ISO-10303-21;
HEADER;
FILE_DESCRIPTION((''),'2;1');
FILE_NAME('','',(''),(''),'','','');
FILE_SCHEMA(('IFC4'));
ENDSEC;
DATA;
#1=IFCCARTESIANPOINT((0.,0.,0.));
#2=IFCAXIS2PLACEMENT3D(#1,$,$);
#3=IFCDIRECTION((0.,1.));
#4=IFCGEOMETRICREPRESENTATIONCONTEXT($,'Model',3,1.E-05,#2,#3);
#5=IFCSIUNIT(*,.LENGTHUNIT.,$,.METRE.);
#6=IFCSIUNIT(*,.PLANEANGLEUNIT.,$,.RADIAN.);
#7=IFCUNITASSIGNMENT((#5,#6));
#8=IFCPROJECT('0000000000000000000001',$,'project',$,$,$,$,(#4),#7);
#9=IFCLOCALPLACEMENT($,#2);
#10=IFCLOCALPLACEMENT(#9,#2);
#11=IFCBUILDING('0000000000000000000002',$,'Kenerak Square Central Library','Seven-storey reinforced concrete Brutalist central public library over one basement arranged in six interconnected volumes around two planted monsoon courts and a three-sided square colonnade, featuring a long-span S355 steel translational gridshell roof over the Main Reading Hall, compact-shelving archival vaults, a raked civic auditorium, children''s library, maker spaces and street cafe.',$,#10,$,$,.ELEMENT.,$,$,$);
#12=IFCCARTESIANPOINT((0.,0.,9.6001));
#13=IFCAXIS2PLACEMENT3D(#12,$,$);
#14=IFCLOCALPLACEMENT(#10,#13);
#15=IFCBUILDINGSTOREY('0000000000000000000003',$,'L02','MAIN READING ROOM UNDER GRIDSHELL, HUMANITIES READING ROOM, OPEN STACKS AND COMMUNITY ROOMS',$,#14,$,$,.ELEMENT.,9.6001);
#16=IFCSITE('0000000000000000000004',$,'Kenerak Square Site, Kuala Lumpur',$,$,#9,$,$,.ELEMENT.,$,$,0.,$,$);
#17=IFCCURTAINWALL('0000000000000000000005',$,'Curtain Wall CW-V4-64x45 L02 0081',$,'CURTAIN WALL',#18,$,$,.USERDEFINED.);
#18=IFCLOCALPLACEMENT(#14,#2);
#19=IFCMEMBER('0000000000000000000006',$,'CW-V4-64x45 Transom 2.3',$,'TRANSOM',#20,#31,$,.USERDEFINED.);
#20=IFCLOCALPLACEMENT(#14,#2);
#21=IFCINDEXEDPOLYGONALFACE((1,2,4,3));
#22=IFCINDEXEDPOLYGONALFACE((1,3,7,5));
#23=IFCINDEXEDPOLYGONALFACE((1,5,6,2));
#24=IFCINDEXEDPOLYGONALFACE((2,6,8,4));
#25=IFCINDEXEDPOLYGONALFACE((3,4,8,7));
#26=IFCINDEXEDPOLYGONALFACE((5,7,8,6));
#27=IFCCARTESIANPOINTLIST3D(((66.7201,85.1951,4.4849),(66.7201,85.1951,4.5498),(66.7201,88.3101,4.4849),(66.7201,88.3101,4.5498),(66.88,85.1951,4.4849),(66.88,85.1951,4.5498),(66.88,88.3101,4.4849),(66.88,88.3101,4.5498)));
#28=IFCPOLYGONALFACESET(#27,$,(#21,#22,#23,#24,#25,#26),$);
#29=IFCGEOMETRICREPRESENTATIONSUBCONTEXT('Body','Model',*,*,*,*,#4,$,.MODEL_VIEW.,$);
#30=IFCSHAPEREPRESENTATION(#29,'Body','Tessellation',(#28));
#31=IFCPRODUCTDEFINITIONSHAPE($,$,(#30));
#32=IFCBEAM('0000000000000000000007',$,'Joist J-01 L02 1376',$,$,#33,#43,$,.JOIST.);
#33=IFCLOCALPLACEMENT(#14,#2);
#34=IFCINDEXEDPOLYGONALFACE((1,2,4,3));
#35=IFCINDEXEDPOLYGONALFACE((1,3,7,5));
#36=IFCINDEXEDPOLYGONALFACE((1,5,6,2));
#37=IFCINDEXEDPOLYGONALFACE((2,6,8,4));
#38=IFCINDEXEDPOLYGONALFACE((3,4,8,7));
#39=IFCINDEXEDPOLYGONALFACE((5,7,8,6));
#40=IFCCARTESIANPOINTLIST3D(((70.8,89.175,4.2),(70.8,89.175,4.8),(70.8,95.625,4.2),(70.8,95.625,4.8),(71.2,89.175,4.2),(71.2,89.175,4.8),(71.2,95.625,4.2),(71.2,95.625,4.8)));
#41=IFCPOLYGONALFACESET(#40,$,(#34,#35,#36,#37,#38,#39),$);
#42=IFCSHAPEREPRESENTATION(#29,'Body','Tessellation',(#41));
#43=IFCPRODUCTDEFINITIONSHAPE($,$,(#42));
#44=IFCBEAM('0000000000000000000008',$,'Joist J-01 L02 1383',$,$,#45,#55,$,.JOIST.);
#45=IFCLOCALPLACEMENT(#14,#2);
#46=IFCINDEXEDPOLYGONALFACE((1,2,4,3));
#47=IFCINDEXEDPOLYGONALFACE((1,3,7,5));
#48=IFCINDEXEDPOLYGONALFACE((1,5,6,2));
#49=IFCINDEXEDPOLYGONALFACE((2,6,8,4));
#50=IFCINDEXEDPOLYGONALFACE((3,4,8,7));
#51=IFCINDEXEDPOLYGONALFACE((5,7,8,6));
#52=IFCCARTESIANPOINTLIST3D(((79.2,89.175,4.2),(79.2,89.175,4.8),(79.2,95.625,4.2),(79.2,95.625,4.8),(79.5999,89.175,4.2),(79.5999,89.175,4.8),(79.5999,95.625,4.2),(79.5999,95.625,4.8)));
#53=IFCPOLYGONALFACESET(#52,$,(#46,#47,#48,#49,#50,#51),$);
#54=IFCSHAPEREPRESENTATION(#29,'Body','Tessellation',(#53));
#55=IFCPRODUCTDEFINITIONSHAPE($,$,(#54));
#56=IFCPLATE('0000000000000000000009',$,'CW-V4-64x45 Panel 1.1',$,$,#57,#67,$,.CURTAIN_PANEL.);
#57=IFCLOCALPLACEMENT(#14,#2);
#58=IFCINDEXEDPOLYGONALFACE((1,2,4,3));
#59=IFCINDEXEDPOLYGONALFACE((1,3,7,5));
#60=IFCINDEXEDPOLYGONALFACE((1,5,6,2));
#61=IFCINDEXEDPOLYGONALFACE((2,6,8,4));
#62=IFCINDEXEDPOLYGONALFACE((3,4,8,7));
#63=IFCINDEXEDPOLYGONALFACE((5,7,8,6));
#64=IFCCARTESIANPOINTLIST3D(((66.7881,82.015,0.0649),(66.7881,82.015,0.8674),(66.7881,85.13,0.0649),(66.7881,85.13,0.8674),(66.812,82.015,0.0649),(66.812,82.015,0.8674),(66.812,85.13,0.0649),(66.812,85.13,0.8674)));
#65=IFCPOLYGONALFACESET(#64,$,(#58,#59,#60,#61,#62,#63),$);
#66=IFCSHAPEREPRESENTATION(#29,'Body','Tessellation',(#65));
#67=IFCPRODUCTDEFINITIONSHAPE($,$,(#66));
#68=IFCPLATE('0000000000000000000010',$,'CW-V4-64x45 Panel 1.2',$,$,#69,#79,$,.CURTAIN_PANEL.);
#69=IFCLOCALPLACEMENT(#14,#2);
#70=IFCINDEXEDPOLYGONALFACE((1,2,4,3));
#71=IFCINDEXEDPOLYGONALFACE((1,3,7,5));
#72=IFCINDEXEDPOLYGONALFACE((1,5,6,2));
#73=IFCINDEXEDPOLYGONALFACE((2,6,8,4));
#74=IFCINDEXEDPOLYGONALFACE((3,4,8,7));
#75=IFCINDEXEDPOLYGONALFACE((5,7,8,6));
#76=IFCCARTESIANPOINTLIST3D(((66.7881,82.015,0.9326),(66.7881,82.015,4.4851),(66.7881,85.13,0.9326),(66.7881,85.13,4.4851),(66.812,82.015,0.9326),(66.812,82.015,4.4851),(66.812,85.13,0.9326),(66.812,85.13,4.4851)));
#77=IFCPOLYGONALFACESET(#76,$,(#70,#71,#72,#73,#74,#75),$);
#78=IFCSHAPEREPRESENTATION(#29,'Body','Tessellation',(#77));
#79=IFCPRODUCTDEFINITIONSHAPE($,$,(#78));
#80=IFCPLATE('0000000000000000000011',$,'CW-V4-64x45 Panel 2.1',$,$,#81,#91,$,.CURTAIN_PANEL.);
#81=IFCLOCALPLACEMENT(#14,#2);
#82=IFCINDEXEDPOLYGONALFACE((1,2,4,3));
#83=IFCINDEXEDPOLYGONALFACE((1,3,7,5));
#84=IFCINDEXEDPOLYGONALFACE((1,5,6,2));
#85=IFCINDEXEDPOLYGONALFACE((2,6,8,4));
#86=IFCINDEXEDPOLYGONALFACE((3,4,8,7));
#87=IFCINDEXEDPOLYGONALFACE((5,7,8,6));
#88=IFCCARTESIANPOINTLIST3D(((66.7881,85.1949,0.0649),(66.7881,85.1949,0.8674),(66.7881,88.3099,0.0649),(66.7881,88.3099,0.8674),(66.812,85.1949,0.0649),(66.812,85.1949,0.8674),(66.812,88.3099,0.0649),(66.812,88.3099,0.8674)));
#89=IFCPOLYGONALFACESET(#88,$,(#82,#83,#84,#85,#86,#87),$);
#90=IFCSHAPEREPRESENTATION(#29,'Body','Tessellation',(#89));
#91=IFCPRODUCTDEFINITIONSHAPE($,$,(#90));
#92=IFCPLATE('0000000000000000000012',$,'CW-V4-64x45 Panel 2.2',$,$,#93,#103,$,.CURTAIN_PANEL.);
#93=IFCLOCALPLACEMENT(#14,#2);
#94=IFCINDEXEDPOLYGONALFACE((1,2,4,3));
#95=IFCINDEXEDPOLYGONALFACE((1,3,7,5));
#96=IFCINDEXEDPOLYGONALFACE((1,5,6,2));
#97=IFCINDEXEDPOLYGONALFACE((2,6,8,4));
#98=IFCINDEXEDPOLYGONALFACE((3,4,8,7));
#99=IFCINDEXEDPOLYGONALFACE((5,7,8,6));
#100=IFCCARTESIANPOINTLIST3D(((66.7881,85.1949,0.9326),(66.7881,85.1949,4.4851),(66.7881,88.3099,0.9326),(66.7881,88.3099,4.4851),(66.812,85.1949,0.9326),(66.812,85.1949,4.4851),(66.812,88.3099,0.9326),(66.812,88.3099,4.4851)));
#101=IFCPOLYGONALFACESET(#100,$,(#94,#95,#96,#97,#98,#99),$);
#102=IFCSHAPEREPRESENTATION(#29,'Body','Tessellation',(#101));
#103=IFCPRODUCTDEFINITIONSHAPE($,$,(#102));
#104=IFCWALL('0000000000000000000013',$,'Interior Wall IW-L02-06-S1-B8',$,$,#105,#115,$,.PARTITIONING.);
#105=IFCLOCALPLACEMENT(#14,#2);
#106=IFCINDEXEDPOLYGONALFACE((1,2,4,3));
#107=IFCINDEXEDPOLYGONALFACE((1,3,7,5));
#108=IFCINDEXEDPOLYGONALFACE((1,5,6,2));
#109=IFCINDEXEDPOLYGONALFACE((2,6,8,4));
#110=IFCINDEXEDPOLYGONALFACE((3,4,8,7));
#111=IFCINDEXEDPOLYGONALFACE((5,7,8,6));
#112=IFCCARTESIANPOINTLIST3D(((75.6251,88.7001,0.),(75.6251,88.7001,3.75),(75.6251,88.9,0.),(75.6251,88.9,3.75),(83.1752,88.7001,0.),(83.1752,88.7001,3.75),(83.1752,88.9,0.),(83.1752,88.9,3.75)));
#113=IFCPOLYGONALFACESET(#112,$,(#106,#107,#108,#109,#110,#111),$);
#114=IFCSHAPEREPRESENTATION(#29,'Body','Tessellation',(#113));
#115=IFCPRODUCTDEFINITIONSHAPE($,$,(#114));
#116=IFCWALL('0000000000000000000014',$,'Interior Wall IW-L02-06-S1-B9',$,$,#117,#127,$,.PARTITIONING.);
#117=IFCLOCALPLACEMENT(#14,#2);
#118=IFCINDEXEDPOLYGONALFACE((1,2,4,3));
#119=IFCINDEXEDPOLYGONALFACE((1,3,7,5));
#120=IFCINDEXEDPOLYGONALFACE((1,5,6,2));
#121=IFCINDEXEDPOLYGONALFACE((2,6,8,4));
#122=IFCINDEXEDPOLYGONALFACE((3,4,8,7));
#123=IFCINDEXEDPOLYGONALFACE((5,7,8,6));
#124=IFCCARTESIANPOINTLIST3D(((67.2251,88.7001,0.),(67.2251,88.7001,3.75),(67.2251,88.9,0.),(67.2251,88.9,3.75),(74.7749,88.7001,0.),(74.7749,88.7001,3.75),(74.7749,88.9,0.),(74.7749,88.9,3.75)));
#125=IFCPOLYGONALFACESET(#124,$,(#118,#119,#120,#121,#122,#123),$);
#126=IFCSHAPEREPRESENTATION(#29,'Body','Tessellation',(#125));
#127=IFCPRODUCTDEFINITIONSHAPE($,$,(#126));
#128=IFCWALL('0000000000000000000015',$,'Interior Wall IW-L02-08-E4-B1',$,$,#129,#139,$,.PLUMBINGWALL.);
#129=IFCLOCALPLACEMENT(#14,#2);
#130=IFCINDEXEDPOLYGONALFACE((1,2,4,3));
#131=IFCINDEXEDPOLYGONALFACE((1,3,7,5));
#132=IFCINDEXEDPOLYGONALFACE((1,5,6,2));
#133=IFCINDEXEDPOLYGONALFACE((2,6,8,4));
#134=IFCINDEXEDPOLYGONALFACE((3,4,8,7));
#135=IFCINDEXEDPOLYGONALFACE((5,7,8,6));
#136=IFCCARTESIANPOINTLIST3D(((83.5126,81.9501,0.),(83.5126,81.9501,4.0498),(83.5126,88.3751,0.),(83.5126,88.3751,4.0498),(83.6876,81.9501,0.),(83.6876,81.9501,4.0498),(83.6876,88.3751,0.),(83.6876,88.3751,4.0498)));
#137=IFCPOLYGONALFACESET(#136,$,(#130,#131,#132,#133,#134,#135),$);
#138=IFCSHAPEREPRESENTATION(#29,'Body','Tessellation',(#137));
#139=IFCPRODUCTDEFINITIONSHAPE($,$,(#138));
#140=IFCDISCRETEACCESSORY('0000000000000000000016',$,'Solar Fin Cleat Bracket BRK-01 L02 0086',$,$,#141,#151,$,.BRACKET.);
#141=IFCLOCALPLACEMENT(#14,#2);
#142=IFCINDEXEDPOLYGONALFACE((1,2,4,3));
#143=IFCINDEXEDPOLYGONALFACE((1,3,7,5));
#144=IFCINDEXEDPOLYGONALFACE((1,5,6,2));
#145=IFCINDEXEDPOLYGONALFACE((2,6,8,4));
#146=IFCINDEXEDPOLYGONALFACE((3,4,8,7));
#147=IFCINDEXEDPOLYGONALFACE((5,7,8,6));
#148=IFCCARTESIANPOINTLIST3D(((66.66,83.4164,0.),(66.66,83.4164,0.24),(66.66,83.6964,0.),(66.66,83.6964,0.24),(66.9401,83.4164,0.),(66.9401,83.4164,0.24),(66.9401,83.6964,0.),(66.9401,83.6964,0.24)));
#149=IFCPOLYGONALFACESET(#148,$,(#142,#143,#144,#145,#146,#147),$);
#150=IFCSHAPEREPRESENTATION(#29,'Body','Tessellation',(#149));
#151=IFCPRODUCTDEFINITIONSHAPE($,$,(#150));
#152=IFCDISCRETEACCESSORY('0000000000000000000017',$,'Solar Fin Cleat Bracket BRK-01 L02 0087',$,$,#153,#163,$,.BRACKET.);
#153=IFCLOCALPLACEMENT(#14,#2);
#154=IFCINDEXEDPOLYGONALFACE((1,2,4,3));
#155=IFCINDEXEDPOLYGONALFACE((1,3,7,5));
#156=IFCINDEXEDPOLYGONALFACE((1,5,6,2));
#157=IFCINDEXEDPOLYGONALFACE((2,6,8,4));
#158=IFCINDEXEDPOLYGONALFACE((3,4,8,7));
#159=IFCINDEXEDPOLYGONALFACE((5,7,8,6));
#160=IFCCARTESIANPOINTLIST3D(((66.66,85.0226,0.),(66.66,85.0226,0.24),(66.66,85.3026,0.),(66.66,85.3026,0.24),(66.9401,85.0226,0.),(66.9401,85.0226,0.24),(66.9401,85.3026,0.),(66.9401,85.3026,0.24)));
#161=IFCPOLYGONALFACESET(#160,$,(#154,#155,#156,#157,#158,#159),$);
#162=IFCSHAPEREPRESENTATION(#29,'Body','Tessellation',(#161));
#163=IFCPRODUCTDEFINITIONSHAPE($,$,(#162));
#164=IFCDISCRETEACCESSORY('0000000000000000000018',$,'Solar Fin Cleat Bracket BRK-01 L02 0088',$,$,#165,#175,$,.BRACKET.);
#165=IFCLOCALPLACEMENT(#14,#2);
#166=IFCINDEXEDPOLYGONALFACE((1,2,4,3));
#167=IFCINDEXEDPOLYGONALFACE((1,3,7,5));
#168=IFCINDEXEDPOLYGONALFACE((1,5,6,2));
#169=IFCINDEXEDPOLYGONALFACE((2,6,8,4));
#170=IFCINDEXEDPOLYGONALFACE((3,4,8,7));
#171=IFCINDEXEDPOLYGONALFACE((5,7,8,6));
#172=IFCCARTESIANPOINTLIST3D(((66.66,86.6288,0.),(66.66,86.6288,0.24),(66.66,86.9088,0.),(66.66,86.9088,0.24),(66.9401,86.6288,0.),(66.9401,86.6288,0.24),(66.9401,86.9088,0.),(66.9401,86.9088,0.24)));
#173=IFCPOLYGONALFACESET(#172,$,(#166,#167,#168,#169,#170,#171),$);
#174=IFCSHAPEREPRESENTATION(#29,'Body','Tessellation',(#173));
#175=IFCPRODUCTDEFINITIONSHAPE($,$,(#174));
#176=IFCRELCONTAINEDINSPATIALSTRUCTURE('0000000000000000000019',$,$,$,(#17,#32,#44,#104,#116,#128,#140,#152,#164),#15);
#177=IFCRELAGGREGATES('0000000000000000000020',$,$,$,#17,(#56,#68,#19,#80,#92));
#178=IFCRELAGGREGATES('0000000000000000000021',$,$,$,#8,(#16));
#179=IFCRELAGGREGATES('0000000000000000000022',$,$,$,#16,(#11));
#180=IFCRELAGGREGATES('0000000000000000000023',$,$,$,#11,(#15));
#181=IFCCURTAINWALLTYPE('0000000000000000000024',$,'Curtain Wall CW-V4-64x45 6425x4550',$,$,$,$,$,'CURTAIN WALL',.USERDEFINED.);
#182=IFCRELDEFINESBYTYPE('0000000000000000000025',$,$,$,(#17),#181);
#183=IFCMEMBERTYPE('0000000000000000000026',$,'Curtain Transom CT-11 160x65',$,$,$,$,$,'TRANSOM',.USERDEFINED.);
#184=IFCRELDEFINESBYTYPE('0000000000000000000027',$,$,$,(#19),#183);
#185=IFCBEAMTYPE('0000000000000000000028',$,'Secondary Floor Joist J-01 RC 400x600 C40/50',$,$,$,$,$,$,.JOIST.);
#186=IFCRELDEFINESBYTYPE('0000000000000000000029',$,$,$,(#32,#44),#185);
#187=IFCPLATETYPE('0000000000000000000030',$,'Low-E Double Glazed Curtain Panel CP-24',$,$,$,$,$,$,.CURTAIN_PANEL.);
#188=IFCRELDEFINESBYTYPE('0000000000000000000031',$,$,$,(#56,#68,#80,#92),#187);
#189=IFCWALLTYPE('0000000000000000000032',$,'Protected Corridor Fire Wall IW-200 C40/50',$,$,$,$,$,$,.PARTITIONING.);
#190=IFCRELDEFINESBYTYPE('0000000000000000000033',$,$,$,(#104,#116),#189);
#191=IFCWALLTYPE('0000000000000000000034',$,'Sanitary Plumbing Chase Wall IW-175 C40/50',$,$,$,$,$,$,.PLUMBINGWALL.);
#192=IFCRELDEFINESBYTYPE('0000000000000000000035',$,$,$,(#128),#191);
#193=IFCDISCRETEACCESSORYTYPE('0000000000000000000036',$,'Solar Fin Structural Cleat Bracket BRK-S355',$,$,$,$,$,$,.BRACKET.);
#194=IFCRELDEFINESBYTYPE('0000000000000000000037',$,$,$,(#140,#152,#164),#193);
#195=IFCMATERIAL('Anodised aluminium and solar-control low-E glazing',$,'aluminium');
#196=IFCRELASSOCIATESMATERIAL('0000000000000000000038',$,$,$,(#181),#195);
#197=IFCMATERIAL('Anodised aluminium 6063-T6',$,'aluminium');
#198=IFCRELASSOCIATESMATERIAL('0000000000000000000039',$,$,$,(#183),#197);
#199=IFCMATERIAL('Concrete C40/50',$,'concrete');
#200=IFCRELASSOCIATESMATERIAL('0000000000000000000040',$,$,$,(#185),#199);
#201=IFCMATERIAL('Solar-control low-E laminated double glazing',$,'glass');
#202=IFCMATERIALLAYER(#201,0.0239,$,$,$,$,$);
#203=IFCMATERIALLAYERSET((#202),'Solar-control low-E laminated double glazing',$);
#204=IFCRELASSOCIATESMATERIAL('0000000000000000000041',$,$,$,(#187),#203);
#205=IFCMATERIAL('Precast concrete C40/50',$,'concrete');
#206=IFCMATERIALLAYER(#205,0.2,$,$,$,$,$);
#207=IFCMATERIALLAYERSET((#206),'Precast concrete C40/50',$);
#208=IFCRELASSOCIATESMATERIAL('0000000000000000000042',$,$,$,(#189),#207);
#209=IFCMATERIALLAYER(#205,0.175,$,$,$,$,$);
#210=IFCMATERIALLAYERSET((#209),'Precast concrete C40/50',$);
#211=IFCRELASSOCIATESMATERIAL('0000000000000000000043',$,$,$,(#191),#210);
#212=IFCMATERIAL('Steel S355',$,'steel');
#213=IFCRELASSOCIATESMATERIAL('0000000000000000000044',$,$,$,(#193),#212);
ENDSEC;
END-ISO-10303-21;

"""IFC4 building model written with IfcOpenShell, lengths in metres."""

from ifc_helpers import new_model, si_unit, direction, frame, frame_2d, origin, origin_2d, place, context, subcontext, project, spatial, rectangle, extrude, material, layer, layer_set, material_profile, profile_set, type_object, element, aggregate, save


model = new_model("IFC4")

# Units and contexts
model_context = context("Model", 3, precision=1e-05, world=origin(), true_north=direction((0.0, 1.0)))
body_context = subcontext(model_context, "Body", "Model", "MODEL_VIEW")
ifc_project = project(units=[si_unit("LENGTHUNIT", "METRE"), si_unit("PLANEANGLEUNIT", "RADIAN")], contexts=[model_context])

# Site, building, storey
site_placement = place(None, origin())
site = spatial("IfcSite", under=ifc_project, at=site_placement, Name="Kenerak Square Site, Kuala Lumpur", CompositionType="ELEMENT", RefElevation=0.0)
building_placement = place(site_placement, origin())
building = spatial("IfcBuilding", under=site, at=building_placement, Name="Kenerak Square Central Library", Description="Seven-storey reinforced concrete Brutalist central public library over one basement arranged in six interconnected volumes around two planted monsoon courts and a three-sided square colonnade, featuring a long-span S355 steel translational gridshell roof over the Main Reading Hall, compact-shelving archival vaults, a raked civic auditorium, children's library, maker spaces and street cafe.", CompositionType="ELEMENT")
storey_placement = place(building_placement, frame((0.0, 0.0, 9.6001)))
storey = spatial("IfcBuildingStorey", under=building, at=storey_placement, Name="L02", Description="MAIN READING ROOM UNDER GRIDSHELL, HUMANITIES READING ROOM, OPEN STACKS AND COMMUNITY ROOMS", CompositionType="ELEMENT", Elevation=9.6001)

# Curtain wall, member
ifc_material_1 = material(Name="Anodised aluminium and solar-control low-E glazing", Category="aluminium")
curtain_wall_type = type_object("IfcCurtainWallType", Name="Curtain Wall CW-V4-64x45 6425x4550", ElementType="CURTAIN WALL", PredefinedType="USERDEFINED", material=ifc_material_1)
curtain_wall_placement = place(storey_placement, origin())
curtain_wall = element("IfcCurtainWall", 1, at=curtain_wall_placement, inside=storey, type_object=curtain_wall_type, Name="Curtain Wall CW-V4-64x45 L02 0081", ObjectType="CURTAIN WALL", PredefinedType="USERDEFINED")
ifc_material_2 = material(Name="Anodised aluminium 6063-T6", Category="aluminium")
ifc_material_profile_1 = material_profile(ifc_material_2, rectangle(XDim=0.1599, YDim=0.0649, at=origin_2d()), Name="AL TRANSOM 160x65")
ifc_profile_set_1 = profile_set([ifc_material_profile_1], Name="Anodised aluminium 6063-T6")
member_type_1 = type_object("IfcMemberType", Name="Curtain Transom CT-11 160x65", ElementType="TRANSOM", PredefinedType="USERDEFINED", material=ifc_profile_set_1)
member_1_placement = place(storey_placement, frame((66.8, 85.1951, 4.5173), z_axis=(0.0, 1.0, 0.0), x_axis=(-1.0, 0.0, 0.0)))
member_1 = element("IfcMember", 2, at=member_1_placement, type_object=member_type_1, Name="CW-V4-64x45 Transom 2.3", ObjectType="TRANSOM", PredefinedType="USERDEFINED", context=body_context, shape_type="SweptSolid", body=[
    extrude(rectangle(XDim=0.1599, YDim=0.0649, at=origin_2d()), origin(), (0.0, 0.0, 1.0), 3.115),
])

# Beams
ifc_material_3 = material(Name="Concrete C40/50", Category="concrete")
ifc_material_profile_2 = material_profile(ifc_material_3, rectangle(XDim=0.3999, YDim=0.6001, at=origin_2d()), Name="RC 400x600")
ifc_profile_set_2 = profile_set([ifc_material_profile_2], Name="Concrete C40/50")
beam_type_1 = type_object("IfcBeamType", Name="Secondary Floor Joist J-01 RC 400x600 C40/50", PredefinedType="JOIST", material=ifc_profile_set_2)
for number, where, z_axis, x_axis, name in (
    (3, (71.0, 89.175, 4.5), (0.0, 1.0, 0.0), (-1.0, 0.0, 0.0), "Joist J-01 L02 1376"),
    (4, (79.3999, 89.175, 4.5), (0.0, 1.0, 0.0), (-1.0, 0.0, 0.0), "Joist J-01 L02 1383"),
):
    element("IfcBeam", number, at=place(storey_placement, frame(where, z_axis=z_axis, x_axis=x_axis)), inside=storey, type_object=beam_type_1, Name=name, PredefinedType="JOIST", context=body_context, shape_type="SweptSolid", body=[
        extrude(rectangle(XDim=0.3999, YDim=0.6001, at=origin_2d()), origin(), (0.0, 0.0, 1.0), 6.45),
    ])

# Plates
ifc_material_4 = material(Name="Solar-control low-E laminated double glazing", Category="glass")
ifc_layer_1 = layer(ifc_material_4, 0.0239)
ifc_layer_set_1 = layer_set([ifc_layer_1], Name="Solar-control low-E laminated double glazing")
plate_type = type_object("IfcPlateType", Name="Low-E Double Glazed Curtain Panel CP-24", PredefinedType="CURTAIN_PANEL", material=ifc_layer_set_1)
plate_1_placement = place(storey_placement, frame((66.8, 83.5725, 0.0649), z_axis=(0.0, 0.0, 1.0), x_axis=(0.0, 1.0, 0.0)))
plate_1 = element("IfcPlate", 5, at=plate_1_placement, type_object=plate_type, Name="CW-V4-64x45 Panel 1.1", PredefinedType="CURTAIN_PANEL", context=body_context, shape_type="SweptSolid", body=[
    extrude(rectangle(XDim=3.115, YDim=0.0239, at=origin_2d()), origin(), (0.0, 0.0, 1.0), 0.8025),
])
plate_2_placement = place(storey_placement, frame((66.8, 83.5725, 0.9326), z_axis=(0.0, 0.0, 1.0), x_axis=(0.0, 1.0, 0.0)))
plate_2 = element("IfcPlate", 6, at=plate_2_placement, type_object=plate_type, Name="CW-V4-64x45 Panel 1.2", PredefinedType="CURTAIN_PANEL", context=body_context, shape_type="SweptSolid", body=[
    extrude(rectangle(XDim=3.115, YDim=0.0239, at=origin_2d()), origin(), (0.0, 0.0, 1.0), 3.5525),
])
plate_3_placement = place(storey_placement, frame((66.8, 86.7524, 0.0649), z_axis=(0.0, 0.0, 1.0), x_axis=(0.0, 1.0, 0.0)))
plate_3 = element("IfcPlate", 7, at=plate_3_placement, type_object=plate_type, Name="CW-V4-64x45 Panel 2.1", PredefinedType="CURTAIN_PANEL", context=body_context, shape_type="SweptSolid", body=[
    extrude(rectangle(XDim=3.115, YDim=0.0239, at=origin_2d()), origin(), (0.0, 0.0, 1.0), 0.8025),
])
plate_4_placement = place(storey_placement, frame((66.8, 86.7524, 0.9326), z_axis=(0.0, 0.0, 1.0), x_axis=(0.0, 1.0, 0.0)))
plate_4 = element("IfcPlate", 8, at=plate_4_placement, type_object=plate_type, Name="CW-V4-64x45 Panel 2.2", PredefinedType="CURTAIN_PANEL", context=body_context, shape_type="SweptSolid", body=[
    extrude(rectangle(XDim=3.115, YDim=0.0239, at=origin_2d()), origin(), (0.0, 0.0, 1.0), 3.5525),
])
aggregate(curtain_wall, [plate_1, plate_2, member_1, plate_3, plate_4])

# Walls
ifc_material_5 = material(Name="Precast concrete C40/50", Category="concrete")
ifc_layer_2 = layer(ifc_material_5, 0.2)
ifc_layer_set_2 = layer_set([ifc_layer_2], Name="Precast concrete C40/50")
wall_type_1 = type_object("IfcWallType", Name="Protected Corridor Fire Wall IW-200 C40/50", PredefinedType="PARTITIONING", material=ifc_layer_set_2)
wall_1_placement = place(storey_placement, frame((83.175, 88.8, 0.0), z_axis=(0.0, 0.0, 1.0), x_axis=(-1.0, 0.0, 0.0)))
element("IfcWall", 9, at=wall_1_placement, inside=storey, type_object=wall_type_1, Name="Interior Wall IW-L02-06-S1-B8", PredefinedType="PARTITIONING", context=body_context, shape_type="SweptSolid", body=[
    extrude(rectangle(XDim=7.55, YDim=0.2, at=frame_2d((3.7749, 0.0))), origin(), (0.0, 0.0, 1.0), 3.75),
])
wall_2_placement = place(storey_placement, frame((74.7749, 88.8, 0.0), z_axis=(0.0, 0.0, 1.0), x_axis=(-1.0, 0.0, 0.0)))
element("IfcWall", 10, at=wall_2_placement, inside=storey, type_object=wall_type_1, Name="Interior Wall IW-L02-06-S1-B9", PredefinedType="PARTITIONING", context=body_context, shape_type="SweptSolid", body=[
    extrude(rectangle(XDim=7.5498, YDim=0.2, at=frame_2d((3.7749, 0.0))), origin(), (0.0, 0.0, 1.0), 3.75),
])
ifc_layer_3 = layer(ifc_material_5, 0.175)
ifc_layer_set_3 = layer_set([ifc_layer_3], Name="Precast concrete C40/50")
wall_type_2 = type_object("IfcWallType", Name="Sanitary Plumbing Chase Wall IW-175 C40/50", PredefinedType="PLUMBINGWALL", material=ifc_layer_set_3)
wall_3_placement = place(storey_placement, frame((83.6001, 88.375, 0.0), z_axis=(0.0, 0.0, 1.0), x_axis=(0.0, -1.0, 0.0)))
element("IfcWall", 11, at=wall_3_placement, inside=storey, type_object=wall_type_2, Name="Interior Wall IW-L02-08-E4-B1", PredefinedType="PLUMBINGWALL", context=body_context, shape_type="SweptSolid", body=[
    extrude(rectangle(XDim=6.425, YDim=0.175, at=frame_2d((3.2124, 0.0))), origin(), (0.0, 0.0, 1.0), 4.0498),
])

# Discrete accessories
ifc_material_6 = material(Name="Steel S355", Category="steel")
discrete_accessory_type = type_object("IfcDiscreteAccessoryType", Name="Solar Fin Structural Cleat Bracket BRK-S355", PredefinedType="BRACKET", material=ifc_material_6)
for number, where, z_axis, x_axis, name in (
    (12, (66.8, 83.5564, 0.0), (0.0, 0.0, 1.0), (0.0, 1.0, 0.0), "Solar Fin Cleat Bracket BRK-01 L02 0086"),
    (13, (66.8, 85.1626, 0.0), (0.0, 0.0, 1.0), (0.0, 1.0, 0.0), "Solar Fin Cleat Bracket BRK-01 L02 0087"),
    (14, (66.8, 86.7688, 0.0), (0.0, 0.0, 1.0), (0.0, 1.0, 0.0), "Solar Fin Cleat Bracket BRK-01 L02 0088"),
):
    element("IfcDiscreteAccessory", number, at=place(storey_placement, frame(where, z_axis=z_axis, x_axis=x_axis)), inside=storey, type_object=discrete_accessory_type, Name=name, PredefinedType="BRACKET", context=body_context, shape_type="SweptSolid", body=[
        extrude(rectangle(XDim=0.28, YDim=0.28, at=origin_2d()), origin(), (0.0, 0.0, 1.0), 0.24),
    ])

save(model, "model.ifc")
